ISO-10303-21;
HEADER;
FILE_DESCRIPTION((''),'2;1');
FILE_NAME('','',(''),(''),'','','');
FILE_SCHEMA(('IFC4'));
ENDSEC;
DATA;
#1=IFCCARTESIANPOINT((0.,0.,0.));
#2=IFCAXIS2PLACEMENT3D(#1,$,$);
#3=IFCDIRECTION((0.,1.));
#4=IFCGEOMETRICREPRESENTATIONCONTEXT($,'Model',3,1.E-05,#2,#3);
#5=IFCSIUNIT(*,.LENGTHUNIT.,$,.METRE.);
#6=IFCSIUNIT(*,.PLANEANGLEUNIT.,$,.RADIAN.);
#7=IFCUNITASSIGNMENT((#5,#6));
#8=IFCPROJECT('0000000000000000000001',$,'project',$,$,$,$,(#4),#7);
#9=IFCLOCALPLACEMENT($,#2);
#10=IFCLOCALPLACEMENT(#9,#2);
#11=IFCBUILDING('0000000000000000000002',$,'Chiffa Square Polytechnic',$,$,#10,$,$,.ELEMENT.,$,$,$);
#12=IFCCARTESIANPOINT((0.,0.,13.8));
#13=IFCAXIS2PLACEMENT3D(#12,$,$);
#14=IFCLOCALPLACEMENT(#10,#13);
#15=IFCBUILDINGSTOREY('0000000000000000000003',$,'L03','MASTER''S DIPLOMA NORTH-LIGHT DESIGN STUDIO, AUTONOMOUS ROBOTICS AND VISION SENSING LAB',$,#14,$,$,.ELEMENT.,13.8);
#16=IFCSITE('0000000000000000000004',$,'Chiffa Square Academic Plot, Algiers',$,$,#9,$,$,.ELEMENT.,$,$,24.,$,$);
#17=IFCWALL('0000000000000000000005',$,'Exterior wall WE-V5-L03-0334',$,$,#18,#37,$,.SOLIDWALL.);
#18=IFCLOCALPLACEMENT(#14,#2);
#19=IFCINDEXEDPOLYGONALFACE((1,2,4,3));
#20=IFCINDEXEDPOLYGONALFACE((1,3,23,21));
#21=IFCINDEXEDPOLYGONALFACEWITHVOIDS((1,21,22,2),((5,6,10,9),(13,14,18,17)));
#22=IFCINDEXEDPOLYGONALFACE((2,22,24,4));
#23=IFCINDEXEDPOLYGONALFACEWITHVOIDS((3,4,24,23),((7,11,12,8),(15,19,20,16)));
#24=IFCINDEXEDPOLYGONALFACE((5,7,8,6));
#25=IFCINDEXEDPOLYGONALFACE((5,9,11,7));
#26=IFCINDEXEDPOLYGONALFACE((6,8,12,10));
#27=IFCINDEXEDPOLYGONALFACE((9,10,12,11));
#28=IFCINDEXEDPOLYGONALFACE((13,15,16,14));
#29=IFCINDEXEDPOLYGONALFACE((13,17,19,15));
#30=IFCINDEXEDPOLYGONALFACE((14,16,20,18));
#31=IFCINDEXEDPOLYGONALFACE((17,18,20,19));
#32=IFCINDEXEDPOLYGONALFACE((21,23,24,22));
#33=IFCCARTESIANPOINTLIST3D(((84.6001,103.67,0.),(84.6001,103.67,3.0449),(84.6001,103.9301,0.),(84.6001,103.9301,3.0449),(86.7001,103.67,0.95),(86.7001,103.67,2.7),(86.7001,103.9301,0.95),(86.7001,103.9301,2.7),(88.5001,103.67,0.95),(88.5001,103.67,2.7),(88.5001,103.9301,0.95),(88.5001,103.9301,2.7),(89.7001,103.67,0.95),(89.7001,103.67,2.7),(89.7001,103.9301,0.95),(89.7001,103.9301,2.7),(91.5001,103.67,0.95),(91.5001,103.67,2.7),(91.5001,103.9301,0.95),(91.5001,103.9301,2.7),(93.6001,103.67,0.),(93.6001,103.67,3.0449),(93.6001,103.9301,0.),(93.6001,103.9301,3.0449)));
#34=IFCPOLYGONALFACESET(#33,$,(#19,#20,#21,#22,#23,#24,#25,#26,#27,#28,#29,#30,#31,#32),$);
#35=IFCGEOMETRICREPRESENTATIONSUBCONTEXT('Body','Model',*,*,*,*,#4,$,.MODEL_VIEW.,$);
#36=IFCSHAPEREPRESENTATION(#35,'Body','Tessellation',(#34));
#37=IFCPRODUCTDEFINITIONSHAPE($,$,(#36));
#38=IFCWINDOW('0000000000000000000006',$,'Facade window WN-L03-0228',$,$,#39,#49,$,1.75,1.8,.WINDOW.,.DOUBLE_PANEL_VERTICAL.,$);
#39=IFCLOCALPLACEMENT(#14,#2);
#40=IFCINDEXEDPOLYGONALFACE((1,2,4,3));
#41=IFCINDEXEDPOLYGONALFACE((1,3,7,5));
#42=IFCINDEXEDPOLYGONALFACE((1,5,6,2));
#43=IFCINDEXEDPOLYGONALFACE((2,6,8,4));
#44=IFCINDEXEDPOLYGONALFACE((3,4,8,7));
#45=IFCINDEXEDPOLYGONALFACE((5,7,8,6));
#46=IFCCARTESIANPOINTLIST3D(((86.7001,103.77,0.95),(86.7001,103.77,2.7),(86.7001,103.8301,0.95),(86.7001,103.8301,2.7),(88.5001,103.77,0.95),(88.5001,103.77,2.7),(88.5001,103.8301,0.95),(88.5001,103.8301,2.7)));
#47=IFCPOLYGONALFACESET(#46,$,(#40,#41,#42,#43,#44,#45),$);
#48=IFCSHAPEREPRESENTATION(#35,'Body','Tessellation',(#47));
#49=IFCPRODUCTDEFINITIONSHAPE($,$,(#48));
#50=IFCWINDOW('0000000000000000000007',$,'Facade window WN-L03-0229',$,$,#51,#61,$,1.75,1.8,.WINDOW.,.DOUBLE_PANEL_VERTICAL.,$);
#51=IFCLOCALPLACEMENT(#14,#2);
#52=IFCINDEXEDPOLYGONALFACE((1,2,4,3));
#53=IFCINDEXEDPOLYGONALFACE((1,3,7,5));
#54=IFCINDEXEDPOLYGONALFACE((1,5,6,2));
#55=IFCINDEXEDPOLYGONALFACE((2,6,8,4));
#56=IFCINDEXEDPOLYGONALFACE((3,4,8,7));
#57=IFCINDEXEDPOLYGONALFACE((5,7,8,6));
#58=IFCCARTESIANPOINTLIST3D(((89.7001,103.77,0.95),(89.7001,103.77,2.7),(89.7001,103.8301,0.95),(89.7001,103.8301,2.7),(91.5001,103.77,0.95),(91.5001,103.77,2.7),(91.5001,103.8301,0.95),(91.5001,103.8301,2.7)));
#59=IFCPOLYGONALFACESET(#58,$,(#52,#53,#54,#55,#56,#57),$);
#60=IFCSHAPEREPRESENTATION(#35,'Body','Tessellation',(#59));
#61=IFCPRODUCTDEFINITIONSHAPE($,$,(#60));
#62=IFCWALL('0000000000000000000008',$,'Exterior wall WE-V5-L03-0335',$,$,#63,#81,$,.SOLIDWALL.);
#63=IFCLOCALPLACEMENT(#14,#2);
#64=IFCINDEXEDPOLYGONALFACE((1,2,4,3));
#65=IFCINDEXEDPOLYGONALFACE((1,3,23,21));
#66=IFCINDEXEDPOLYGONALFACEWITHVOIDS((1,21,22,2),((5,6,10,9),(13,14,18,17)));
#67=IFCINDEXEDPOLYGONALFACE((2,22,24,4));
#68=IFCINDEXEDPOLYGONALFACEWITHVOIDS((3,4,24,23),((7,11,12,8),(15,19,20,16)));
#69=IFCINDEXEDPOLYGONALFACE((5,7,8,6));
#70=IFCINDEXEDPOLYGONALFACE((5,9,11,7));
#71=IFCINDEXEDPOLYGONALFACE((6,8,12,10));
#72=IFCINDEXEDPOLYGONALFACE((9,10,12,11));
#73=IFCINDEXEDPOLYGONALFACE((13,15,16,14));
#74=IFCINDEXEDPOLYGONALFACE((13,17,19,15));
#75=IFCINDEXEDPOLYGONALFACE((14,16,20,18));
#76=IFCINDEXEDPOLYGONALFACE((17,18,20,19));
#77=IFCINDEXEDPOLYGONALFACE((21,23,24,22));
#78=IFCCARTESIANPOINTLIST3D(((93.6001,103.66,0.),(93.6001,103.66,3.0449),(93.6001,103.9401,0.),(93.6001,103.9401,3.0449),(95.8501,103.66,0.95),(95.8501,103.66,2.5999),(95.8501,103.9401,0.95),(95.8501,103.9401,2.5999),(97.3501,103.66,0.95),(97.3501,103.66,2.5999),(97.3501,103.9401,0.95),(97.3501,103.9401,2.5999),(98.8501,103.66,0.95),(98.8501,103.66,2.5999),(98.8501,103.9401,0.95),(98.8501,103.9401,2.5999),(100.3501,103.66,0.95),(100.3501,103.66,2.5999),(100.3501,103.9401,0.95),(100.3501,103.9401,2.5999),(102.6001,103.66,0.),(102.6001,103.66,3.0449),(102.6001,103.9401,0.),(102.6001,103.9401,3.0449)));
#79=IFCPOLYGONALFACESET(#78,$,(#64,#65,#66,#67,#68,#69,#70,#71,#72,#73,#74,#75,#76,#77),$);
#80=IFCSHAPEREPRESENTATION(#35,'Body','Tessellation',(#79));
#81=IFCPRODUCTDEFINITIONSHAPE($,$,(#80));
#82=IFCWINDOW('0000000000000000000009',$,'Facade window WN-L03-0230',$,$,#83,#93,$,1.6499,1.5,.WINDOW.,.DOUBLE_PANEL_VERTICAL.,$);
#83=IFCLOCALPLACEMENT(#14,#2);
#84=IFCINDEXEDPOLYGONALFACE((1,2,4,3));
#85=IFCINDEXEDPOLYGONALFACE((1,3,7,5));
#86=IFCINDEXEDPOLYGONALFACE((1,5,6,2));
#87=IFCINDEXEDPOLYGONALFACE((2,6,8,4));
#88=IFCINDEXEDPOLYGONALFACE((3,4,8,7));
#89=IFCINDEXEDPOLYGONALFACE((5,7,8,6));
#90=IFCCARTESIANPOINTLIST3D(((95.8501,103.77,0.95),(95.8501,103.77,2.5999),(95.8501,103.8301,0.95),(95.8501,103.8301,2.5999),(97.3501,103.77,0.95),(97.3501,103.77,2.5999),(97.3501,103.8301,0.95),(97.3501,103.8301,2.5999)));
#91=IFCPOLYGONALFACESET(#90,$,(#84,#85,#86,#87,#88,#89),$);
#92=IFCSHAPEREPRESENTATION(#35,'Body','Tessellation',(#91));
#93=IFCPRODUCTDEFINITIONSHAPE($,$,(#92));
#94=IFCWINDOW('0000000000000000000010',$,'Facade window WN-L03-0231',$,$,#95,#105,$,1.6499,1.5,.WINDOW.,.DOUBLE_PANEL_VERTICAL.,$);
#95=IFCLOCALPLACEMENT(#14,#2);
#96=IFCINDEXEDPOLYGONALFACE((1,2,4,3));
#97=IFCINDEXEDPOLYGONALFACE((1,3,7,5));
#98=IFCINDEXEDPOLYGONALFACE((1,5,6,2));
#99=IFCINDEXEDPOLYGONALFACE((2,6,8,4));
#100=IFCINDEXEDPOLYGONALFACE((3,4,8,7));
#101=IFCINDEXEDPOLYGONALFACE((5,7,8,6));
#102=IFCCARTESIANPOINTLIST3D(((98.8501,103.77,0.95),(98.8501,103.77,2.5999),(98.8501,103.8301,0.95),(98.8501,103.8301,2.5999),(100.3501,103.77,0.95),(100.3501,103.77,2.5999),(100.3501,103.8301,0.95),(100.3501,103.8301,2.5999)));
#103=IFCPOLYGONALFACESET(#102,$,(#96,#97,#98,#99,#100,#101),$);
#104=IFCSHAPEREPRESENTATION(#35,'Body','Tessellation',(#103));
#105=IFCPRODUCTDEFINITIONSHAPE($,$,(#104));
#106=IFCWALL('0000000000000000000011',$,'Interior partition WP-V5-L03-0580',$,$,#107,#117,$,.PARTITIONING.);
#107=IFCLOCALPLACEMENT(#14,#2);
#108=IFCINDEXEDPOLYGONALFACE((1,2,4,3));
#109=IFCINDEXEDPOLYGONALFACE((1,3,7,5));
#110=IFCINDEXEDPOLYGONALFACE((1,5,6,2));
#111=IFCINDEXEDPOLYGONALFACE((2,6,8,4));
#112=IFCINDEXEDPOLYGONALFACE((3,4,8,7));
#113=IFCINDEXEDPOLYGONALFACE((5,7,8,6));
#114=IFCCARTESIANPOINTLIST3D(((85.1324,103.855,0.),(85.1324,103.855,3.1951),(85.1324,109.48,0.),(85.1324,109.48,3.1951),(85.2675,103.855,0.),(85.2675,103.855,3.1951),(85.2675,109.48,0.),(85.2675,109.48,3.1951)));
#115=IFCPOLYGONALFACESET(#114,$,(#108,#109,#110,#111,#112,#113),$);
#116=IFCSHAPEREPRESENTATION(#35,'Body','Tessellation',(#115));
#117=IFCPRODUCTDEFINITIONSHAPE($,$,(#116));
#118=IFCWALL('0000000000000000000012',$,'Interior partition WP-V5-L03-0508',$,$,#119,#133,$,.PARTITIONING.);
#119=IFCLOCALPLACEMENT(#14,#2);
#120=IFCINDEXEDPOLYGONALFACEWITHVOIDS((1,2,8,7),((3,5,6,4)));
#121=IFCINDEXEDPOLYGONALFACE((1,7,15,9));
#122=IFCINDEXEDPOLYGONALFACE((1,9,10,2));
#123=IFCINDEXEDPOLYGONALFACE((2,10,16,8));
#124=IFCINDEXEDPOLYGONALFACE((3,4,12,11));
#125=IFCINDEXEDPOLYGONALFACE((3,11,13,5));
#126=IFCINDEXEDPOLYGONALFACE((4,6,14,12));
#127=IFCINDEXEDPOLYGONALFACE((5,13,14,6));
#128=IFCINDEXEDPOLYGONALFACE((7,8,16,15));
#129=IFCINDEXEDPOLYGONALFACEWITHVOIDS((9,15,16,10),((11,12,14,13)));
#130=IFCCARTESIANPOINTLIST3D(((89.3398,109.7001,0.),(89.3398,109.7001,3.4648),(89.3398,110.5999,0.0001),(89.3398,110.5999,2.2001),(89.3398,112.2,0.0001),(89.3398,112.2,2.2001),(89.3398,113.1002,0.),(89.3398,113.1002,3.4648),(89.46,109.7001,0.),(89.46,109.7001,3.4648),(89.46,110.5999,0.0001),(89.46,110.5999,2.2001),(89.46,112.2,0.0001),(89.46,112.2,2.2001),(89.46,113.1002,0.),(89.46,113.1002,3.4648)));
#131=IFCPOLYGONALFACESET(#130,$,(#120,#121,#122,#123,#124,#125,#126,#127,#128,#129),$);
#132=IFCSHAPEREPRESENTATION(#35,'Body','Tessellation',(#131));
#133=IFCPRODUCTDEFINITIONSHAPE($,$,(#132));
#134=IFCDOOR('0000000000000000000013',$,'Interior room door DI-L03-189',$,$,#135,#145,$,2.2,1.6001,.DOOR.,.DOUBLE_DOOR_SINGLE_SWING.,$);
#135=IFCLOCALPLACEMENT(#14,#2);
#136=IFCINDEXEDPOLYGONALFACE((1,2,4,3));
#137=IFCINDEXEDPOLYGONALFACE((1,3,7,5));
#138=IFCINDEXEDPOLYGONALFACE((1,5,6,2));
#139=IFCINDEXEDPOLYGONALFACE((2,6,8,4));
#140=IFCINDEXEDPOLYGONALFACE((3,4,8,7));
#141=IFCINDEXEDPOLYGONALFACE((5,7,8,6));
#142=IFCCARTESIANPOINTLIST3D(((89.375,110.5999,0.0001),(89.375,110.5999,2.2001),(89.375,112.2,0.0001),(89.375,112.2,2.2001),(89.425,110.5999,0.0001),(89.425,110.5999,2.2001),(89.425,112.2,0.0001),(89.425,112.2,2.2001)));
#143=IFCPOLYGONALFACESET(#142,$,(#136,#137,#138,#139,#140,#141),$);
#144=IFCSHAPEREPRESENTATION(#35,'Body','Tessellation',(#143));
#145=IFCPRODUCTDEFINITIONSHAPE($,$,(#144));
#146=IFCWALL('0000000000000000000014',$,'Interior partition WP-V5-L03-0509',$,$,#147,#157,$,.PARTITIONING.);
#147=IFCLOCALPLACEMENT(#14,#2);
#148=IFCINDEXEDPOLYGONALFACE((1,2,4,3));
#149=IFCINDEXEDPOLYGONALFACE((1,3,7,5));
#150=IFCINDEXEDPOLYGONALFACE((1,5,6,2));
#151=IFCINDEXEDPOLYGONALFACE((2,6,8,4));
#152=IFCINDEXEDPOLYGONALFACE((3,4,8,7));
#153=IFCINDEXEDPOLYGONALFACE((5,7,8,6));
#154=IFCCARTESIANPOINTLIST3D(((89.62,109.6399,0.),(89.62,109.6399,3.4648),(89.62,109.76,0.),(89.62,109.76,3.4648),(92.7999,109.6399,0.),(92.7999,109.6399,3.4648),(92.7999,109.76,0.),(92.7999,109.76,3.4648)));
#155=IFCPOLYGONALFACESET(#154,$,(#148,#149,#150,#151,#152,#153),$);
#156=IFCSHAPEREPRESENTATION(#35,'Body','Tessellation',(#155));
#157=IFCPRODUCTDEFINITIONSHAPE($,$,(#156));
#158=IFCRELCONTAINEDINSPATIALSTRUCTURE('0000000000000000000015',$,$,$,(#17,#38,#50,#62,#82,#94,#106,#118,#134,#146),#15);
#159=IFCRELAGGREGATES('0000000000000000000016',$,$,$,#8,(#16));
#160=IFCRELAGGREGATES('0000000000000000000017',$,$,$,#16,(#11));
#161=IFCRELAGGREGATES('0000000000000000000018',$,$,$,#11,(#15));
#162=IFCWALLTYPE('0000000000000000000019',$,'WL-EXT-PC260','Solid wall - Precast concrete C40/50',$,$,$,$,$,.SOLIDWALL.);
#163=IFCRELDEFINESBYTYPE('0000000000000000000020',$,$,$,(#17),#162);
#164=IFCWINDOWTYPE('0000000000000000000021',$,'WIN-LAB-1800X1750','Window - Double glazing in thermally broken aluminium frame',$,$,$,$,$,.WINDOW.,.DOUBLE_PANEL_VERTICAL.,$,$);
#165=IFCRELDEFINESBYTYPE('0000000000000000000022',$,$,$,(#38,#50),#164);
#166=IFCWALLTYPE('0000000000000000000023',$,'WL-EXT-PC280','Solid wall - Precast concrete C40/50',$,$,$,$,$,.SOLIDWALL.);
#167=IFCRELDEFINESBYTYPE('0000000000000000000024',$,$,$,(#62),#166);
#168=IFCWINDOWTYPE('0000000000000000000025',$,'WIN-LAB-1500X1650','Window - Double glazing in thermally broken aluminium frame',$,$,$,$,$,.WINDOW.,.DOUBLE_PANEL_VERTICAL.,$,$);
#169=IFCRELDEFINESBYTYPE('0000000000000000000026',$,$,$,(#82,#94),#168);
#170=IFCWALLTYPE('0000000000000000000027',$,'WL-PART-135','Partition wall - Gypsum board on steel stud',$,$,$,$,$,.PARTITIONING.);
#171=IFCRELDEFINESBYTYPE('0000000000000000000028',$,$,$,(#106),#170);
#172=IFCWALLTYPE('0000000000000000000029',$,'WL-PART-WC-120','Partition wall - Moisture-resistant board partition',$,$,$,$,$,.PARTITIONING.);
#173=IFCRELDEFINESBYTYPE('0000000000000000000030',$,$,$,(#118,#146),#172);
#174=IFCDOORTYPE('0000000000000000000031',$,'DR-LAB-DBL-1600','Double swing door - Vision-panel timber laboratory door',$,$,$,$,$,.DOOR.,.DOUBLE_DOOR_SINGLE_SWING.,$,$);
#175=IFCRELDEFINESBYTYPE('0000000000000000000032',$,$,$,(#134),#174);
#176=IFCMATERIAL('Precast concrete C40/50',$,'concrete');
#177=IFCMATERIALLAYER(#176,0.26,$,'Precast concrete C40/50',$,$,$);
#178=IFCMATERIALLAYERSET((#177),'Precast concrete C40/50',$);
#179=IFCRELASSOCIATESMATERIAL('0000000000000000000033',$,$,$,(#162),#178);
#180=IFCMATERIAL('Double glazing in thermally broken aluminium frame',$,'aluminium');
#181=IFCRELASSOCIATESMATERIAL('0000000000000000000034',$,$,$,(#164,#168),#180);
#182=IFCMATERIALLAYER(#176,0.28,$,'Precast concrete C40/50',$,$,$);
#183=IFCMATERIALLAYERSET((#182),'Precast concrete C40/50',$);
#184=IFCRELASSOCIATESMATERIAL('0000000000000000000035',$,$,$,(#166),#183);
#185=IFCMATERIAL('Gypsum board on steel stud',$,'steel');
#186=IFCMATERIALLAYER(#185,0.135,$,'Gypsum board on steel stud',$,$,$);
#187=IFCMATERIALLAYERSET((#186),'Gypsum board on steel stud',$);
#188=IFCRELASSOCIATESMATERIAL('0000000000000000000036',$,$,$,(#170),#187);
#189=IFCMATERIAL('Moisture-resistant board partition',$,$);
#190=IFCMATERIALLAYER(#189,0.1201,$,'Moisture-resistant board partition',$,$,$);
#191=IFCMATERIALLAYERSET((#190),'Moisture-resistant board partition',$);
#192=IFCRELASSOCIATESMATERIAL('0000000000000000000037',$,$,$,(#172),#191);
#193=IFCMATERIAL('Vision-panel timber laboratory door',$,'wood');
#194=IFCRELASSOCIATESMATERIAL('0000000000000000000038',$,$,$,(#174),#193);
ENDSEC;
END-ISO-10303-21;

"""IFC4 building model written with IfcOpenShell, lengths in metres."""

from ifc_helpers import new_model, si_unit, direction, frame, frame_2d, origin, place, context, subcontext, project, spatial, rectangle, extrude, material, layer, layer_set, type_object, element, fill, save


model = new_model("IFC4")

# Units and contexts
model_context = context("Model", 3, precision=1e-05, world=origin(), true_north=direction((0.0, 1.0)))
body_context = subcontext(model_context, "Body", "Model", "MODEL_VIEW")
ifc_project = project(units=[si_unit("LENGTHUNIT", "METRE"), si_unit("PLANEANGLEUNIT", "RADIAN")], contexts=[model_context])

# Site, building, storey
site_placement = place(None, origin())
site = spatial("IfcSite", under=ifc_project, at=site_placement, Name="Chiffa Square Academic Plot, Algiers", CompositionType="ELEMENT", RefElevation=24.0)
building_placement = place(site_placement, origin())
building = spatial("IfcBuilding", under=site, at=building_placement, Name="Chiffa Square Polytechnic", CompositionType="ELEMENT")
storey_placement = place(building_placement, frame((0.0, 0.0, 13.8)))
storey = spatial("IfcBuildingStorey", under=building, at=storey_placement, Name="L03", Description="MASTER'S DIPLOMA NORTH-LIGHT DESIGN STUDIO, AUTONOMOUS ROBOTICS AND VISION SENSING LAB", CompositionType="ELEMENT", Elevation=13.8)

# Walls, openings, windows
ifc_material_1 = material(Name="Precast concrete C40/50", Category="concrete")
ifc_layer_1 = layer(ifc_material_1, 0.26, Name="Precast concrete C40/50")
ifc_layer_set_1 = layer_set([ifc_layer_1], Name="Precast concrete C40/50")
wall_type_1 = type_object("IfcWallType", Name="WL-EXT-PC260", Description="Solid wall - Precast concrete C40/50", PredefinedType="SOLIDWALL", material=ifc_layer_set_1)
wall_1_placement = place(storey_placement, frame((84.6001, 103.8, 0.0), z_axis=(0.0, 0.0, 1.0), x_axis=(1.0, 0.0, 0.0)))
wall_1 = element("IfcWall", 1, at=wall_1_placement, inside=storey, type_object=wall_type_1, Name="Exterior wall WE-V5-L03-0334", PredefinedType="SOLIDWALL", context=body_context, shape_type="SweptSolid", body=[
    extrude(rectangle(XDim=9.0, YDim=0.26, at=frame_2d((4.5, 0.0))), origin(), (0.0, 0.0, 1.0), 3.0449),
])
opening_1_placement = place(wall_1_placement, frame((2.1001, 0.0, 0.95)))
opening_1 = element("IfcOpeningElement", 2, at=opening_1_placement, cuts=wall_1, PredefinedType="OPENING", context=body_context, shape_type="SweptSolid", body=[
    extrude(rectangle(XDim=1.8, YDim=1.75, at=frame_2d((0.8999, 0.875))), frame((0.0, 0.1401, 0.0), z_axis=(0.0, -1.0, 0.0), x_axis=(1.0, 0.0, 0.0)), (0.0, 0.0, 1.0), 0.28),
])
opening_2_placement = place(wall_1_placement, frame((5.1001, 0.0, 0.95)))
opening_2 = element("IfcOpeningElement", 3, at=opening_2_placement, cuts=wall_1, PredefinedType="OPENING", context=body_context, shape_type="SweptSolid", body=[
    extrude(rectangle(XDim=1.8, YDim=1.75, at=frame_2d((0.8999, 0.875))), frame((0.0, 0.1401, 0.0), z_axis=(0.0, -1.0, 0.0), x_axis=(1.0, 0.0, 0.0)), (0.0, 0.0, 1.0), 0.28),
])
ifc_material_2 = material(Name="Double glazing in thermally broken aluminium frame", Category="aluminium")
window_type_1 = type_object("IfcWindowType", Name="WIN-LAB-1800X1750", Description="Window - Double glazing in thermally broken aluminium frame", PartitioningType="DOUBLE_PANEL_VERTICAL", PredefinedType="WINDOW", material=ifc_material_2)
window_1_placement = place(opening_1_placement, origin())
window_1 = element("IfcWindow", 4, at=window_1_placement, inside=storey, type_object=window_type_1, Name="Facade window WN-L03-0228", OverallHeight=1.75, OverallWidth=1.8, PartitioningType="DOUBLE_PANEL_VERTICAL", PredefinedType="WINDOW", context=body_context, shape_type="SweptSolid", body=[
    extrude(rectangle(XDim=1.8, YDim=1.75, at=frame_2d((0.8999, 0.875))), frame((0.0, 0.03, 0.0), z_axis=(0.0, -1.0, 0.0), x_axis=(1.0, 0.0, 0.0)), (0.0, 0.0, 1.0), 0.0601),
])
fill(opening_1, window_1)
window_2_placement = place(opening_2_placement, origin())
window_2 = element("IfcWindow", 5, at=window_2_placement, inside=storey, type_object=window_type_1, Name="Facade window WN-L03-0229", OverallHeight=1.75, OverallWidth=1.8, PartitioningType="DOUBLE_PANEL_VERTICAL", PredefinedType="WINDOW", context=body_context, shape_type="SweptSolid", body=[
    extrude(rectangle(XDim=1.8, YDim=1.75, at=frame_2d((0.8999, 0.875))), frame((0.0, 0.03, 0.0), z_axis=(0.0, -1.0, 0.0), x_axis=(1.0, 0.0, 0.0)), (0.0, 0.0, 1.0), 0.0601),
])
fill(opening_2, window_2)
ifc_layer_2 = layer(ifc_material_1, 0.28, Name="Precast concrete C40/50")
ifc_layer_set_2 = layer_set([ifc_layer_2], Name="Precast concrete C40/50")
wall_type_2 = type_object("IfcWallType", Name="WL-EXT-PC280", Description="Solid wall - Precast concrete C40/50", PredefinedType="SOLIDWALL", material=ifc_layer_set_2)
wall_2_placement = place(storey_placement, frame((93.6001, 103.8, 0.0), z_axis=(0.0, 0.0, 1.0), x_axis=(1.0, 0.0, 0.0)))
wall_2 = element("IfcWall", 6, at=wall_2_placement, inside=storey, type_object=wall_type_2, Name="Exterior wall WE-V5-L03-0335", PredefinedType="SOLIDWALL", context=body_context, shape_type="SweptSolid", body=[
    extrude(rectangle(XDim=9.0, YDim=0.28, at=frame_2d((4.5, 0.0))), origin(), (0.0, 0.0, 1.0), 3.0449),
])
opening_3_placement = place(wall_2_placement, frame((2.25, 0.0, 0.95)))
opening_3 = element("IfcOpeningElement", 7, at=opening_3_placement, cuts=wall_2, PredefinedType="OPENING", context=body_context, shape_type="SweptSolid", body=[
    extrude(rectangle(XDim=1.5, YDim=1.6499, at=frame_2d((0.75, 0.825))), frame((0.0, 0.1499, 0.0), z_axis=(0.0, -1.0, 0.0), x_axis=(1.0, 0.0, 0.0)), (0.0, 0.0, 1.0), 0.3),
])
opening_4_placement = place(wall_2_placement, frame((5.25, 0.0, 0.95)))
opening_4 = element("IfcOpeningElement", 8, at=opening_4_placement, cuts=wall_2, PredefinedType="OPENING", context=body_context, shape_type="SweptSolid", body=[
    extrude(rectangle(XDim=1.5, YDim=1.6499, at=frame_2d((0.75, 0.825))), frame((0.0, 0.1499, 0.0), z_axis=(0.0, -1.0, 0.0), x_axis=(1.0, 0.0, 0.0)), (0.0, 0.0, 1.0), 0.3),
])
window_type_2 = type_object("IfcWindowType", Name="WIN-LAB-1500X1650", Description="Window - Double glazing in thermally broken aluminium frame", PartitioningType="DOUBLE_PANEL_VERTICAL", PredefinedType="WINDOW", material=ifc_material_2)
window_3_placement = place(opening_3_placement, origin())
window_3 = element("IfcWindow", 9, at=window_3_placement, inside=storey, type_object=window_type_2, Name="Facade window WN-L03-0230", OverallHeight=1.6499, OverallWidth=1.5, PartitioningType="DOUBLE_PANEL_VERTICAL", PredefinedType="WINDOW", context=body_context, shape_type="SweptSolid", body=[
    extrude(rectangle(XDim=1.5, YDim=1.6499, at=frame_2d((0.75, 0.825))), frame((0.0, 0.03, 0.0), z_axis=(0.0, -1.0, 0.0), x_axis=(1.0, 0.0, 0.0)), (0.0, 0.0, 1.0), 0.0601),
])
fill(opening_3, window_3)
window_4_placement = place(opening_4_placement, origin())
window_4 = element("IfcWindow", 10, at=window_4_placement, inside=storey, type_object=window_type_2, Name="Facade window WN-L03-0231", OverallHeight=1.6499, OverallWidth=1.5, PartitioningType="DOUBLE_PANEL_VERTICAL", PredefinedType="WINDOW", context=body_context, shape_type="SweptSolid", body=[
    extrude(rectangle(XDim=1.5, YDim=1.6499, at=frame_2d((0.75, 0.825))), frame((0.0, 0.03, 0.0), z_axis=(0.0, -1.0, 0.0), x_axis=(1.0, 0.0, 0.0)), (0.0, 0.0, 1.0), 0.0601),
])
fill(opening_4, window_4)

# Wall
ifc_material_3 = material(Name="Gypsum board on steel stud", Category="steel")
ifc_layer_3 = layer(ifc_material_3, 0.135, Name="Gypsum board on steel stud")
ifc_layer_set_3 = layer_set([ifc_layer_3], Name="Gypsum board on steel stud")
wall_type_3 = type_object("IfcWallType", Name="WL-PART-135", Description="Partition wall - Gypsum board on steel stud", PredefinedType="PARTITIONING", material=ifc_layer_set_3)
wall_3_placement = place(storey_placement, frame((85.2, 103.855, 0.0), z_axis=(0.0, 0.0, 1.0), x_axis=(0.0, 1.0, 0.0)))
element("IfcWall", 11, at=wall_3_placement, inside=storey, type_object=wall_type_3, Name="Interior partition WP-V5-L03-0580", PredefinedType="PARTITIONING", context=body_context, shape_type="SweptSolid", body=[
    extrude(rectangle(XDim=5.625, YDim=0.135, at=frame_2d((2.8125, 0.0))), origin(), (0.0, 0.0, 1.0), 3.1951),
])

# Wall, opening, door
ifc_material_4 = material(Name="Moisture-resistant board partition")
ifc_layer_4 = layer(ifc_material_4, 0.1201, Name="Moisture-resistant board partition")
ifc_layer_set_4 = layer_set([ifc_layer_4], Name="Moisture-resistant board partition")
wall_type_4 = type_object("IfcWallType", Name="WL-PART-WC-120", Description="Partition wall - Moisture-resistant board partition", PredefinedType="PARTITIONING", material=ifc_layer_set_4)
wall_4_placement = place(storey_placement, frame((89.3999, 109.7, 0.0), z_axis=(0.0, 0.0, 1.0), x_axis=(0.0, 1.0, 0.0)))
wall_4 = element("IfcWall", 12, at=wall_4_placement, inside=storey, type_object=wall_type_4, Name="Interior partition WP-V5-L03-0508", PredefinedType="PARTITIONING", context=body_context, shape_type="SweptSolid", body=[
    extrude(rectangle(XDim=3.4001, YDim=0.1201, at=frame_2d((1.7002, 0.0))), origin(), (0.0, 0.0, 1.0), 3.4648),
])
opening_5_placement = place(wall_4_placement, frame((0.8999, 0.0, 0.0)))
opening_5 = element("IfcOpeningElement", 13, at=opening_5_placement, cuts=wall_4, PredefinedType="OPENING", context=body_context, shape_type="SweptSolid", body=[
    extrude(rectangle(XDim=1.6001, YDim=2.2, at=frame_2d((0.8, 1.1001))), frame((0.0, 0.0701, 0.0), z_axis=(0.0, -1.0, 0.0), x_axis=(1.0, 0.0, 0.0)), (0.0, 0.0, 1.0), 0.1401),
])
ifc_material_5 = material(Name="Vision-panel timber laboratory door", Category="wood")
door_type = type_object("IfcDoorType", Name="DR-LAB-DBL-1600", Description="Double swing door - Vision-panel timber laboratory door", OperationType="DOUBLE_DOOR_SINGLE_SWING", PredefinedType="DOOR", material=ifc_material_5)
door_placement = place(opening_5_placement, origin())
door = element("IfcDoor", 14, at=door_placement, inside=storey, type_object=door_type, Name="Interior room door DI-L03-189", OperationType="DOUBLE_DOOR_SINGLE_SWING", OverallHeight=2.2, OverallWidth=1.6001, PredefinedType="DOOR", context=body_context, shape_type="SweptSolid", body=[
    extrude(rectangle(XDim=1.6001, YDim=2.2, at=frame_2d((0.8, 1.1001))), frame((0.0, 0.0249, 0.0), z_axis=(0.0, -1.0, 0.0), x_axis=(1.0, 0.0, 0.0)), (0.0, 0.0, 1.0), 0.05),
])
fill(opening_5, door)

# Wall
wall_5_placement = place(storey_placement, frame((89.6201, 109.7, 0.0), z_axis=(0.0, 0.0, 1.0), x_axis=(1.0, 0.0, 0.0)))
element("IfcWall", 15, at=wall_5_placement, inside=storey, type_object=wall_type_4, Name="Interior partition WP-V5-L03-0509", PredefinedType="PARTITIONING", context=body_context, shape_type="SweptSolid", body=[
    extrude(rectangle(XDim=3.1799, YDim=0.1201, at=frame_2d((1.5898, 0.0))), origin(), (0.0, 0.0, 1.0), 3.4648),
])

save(model, "model.ifc")
